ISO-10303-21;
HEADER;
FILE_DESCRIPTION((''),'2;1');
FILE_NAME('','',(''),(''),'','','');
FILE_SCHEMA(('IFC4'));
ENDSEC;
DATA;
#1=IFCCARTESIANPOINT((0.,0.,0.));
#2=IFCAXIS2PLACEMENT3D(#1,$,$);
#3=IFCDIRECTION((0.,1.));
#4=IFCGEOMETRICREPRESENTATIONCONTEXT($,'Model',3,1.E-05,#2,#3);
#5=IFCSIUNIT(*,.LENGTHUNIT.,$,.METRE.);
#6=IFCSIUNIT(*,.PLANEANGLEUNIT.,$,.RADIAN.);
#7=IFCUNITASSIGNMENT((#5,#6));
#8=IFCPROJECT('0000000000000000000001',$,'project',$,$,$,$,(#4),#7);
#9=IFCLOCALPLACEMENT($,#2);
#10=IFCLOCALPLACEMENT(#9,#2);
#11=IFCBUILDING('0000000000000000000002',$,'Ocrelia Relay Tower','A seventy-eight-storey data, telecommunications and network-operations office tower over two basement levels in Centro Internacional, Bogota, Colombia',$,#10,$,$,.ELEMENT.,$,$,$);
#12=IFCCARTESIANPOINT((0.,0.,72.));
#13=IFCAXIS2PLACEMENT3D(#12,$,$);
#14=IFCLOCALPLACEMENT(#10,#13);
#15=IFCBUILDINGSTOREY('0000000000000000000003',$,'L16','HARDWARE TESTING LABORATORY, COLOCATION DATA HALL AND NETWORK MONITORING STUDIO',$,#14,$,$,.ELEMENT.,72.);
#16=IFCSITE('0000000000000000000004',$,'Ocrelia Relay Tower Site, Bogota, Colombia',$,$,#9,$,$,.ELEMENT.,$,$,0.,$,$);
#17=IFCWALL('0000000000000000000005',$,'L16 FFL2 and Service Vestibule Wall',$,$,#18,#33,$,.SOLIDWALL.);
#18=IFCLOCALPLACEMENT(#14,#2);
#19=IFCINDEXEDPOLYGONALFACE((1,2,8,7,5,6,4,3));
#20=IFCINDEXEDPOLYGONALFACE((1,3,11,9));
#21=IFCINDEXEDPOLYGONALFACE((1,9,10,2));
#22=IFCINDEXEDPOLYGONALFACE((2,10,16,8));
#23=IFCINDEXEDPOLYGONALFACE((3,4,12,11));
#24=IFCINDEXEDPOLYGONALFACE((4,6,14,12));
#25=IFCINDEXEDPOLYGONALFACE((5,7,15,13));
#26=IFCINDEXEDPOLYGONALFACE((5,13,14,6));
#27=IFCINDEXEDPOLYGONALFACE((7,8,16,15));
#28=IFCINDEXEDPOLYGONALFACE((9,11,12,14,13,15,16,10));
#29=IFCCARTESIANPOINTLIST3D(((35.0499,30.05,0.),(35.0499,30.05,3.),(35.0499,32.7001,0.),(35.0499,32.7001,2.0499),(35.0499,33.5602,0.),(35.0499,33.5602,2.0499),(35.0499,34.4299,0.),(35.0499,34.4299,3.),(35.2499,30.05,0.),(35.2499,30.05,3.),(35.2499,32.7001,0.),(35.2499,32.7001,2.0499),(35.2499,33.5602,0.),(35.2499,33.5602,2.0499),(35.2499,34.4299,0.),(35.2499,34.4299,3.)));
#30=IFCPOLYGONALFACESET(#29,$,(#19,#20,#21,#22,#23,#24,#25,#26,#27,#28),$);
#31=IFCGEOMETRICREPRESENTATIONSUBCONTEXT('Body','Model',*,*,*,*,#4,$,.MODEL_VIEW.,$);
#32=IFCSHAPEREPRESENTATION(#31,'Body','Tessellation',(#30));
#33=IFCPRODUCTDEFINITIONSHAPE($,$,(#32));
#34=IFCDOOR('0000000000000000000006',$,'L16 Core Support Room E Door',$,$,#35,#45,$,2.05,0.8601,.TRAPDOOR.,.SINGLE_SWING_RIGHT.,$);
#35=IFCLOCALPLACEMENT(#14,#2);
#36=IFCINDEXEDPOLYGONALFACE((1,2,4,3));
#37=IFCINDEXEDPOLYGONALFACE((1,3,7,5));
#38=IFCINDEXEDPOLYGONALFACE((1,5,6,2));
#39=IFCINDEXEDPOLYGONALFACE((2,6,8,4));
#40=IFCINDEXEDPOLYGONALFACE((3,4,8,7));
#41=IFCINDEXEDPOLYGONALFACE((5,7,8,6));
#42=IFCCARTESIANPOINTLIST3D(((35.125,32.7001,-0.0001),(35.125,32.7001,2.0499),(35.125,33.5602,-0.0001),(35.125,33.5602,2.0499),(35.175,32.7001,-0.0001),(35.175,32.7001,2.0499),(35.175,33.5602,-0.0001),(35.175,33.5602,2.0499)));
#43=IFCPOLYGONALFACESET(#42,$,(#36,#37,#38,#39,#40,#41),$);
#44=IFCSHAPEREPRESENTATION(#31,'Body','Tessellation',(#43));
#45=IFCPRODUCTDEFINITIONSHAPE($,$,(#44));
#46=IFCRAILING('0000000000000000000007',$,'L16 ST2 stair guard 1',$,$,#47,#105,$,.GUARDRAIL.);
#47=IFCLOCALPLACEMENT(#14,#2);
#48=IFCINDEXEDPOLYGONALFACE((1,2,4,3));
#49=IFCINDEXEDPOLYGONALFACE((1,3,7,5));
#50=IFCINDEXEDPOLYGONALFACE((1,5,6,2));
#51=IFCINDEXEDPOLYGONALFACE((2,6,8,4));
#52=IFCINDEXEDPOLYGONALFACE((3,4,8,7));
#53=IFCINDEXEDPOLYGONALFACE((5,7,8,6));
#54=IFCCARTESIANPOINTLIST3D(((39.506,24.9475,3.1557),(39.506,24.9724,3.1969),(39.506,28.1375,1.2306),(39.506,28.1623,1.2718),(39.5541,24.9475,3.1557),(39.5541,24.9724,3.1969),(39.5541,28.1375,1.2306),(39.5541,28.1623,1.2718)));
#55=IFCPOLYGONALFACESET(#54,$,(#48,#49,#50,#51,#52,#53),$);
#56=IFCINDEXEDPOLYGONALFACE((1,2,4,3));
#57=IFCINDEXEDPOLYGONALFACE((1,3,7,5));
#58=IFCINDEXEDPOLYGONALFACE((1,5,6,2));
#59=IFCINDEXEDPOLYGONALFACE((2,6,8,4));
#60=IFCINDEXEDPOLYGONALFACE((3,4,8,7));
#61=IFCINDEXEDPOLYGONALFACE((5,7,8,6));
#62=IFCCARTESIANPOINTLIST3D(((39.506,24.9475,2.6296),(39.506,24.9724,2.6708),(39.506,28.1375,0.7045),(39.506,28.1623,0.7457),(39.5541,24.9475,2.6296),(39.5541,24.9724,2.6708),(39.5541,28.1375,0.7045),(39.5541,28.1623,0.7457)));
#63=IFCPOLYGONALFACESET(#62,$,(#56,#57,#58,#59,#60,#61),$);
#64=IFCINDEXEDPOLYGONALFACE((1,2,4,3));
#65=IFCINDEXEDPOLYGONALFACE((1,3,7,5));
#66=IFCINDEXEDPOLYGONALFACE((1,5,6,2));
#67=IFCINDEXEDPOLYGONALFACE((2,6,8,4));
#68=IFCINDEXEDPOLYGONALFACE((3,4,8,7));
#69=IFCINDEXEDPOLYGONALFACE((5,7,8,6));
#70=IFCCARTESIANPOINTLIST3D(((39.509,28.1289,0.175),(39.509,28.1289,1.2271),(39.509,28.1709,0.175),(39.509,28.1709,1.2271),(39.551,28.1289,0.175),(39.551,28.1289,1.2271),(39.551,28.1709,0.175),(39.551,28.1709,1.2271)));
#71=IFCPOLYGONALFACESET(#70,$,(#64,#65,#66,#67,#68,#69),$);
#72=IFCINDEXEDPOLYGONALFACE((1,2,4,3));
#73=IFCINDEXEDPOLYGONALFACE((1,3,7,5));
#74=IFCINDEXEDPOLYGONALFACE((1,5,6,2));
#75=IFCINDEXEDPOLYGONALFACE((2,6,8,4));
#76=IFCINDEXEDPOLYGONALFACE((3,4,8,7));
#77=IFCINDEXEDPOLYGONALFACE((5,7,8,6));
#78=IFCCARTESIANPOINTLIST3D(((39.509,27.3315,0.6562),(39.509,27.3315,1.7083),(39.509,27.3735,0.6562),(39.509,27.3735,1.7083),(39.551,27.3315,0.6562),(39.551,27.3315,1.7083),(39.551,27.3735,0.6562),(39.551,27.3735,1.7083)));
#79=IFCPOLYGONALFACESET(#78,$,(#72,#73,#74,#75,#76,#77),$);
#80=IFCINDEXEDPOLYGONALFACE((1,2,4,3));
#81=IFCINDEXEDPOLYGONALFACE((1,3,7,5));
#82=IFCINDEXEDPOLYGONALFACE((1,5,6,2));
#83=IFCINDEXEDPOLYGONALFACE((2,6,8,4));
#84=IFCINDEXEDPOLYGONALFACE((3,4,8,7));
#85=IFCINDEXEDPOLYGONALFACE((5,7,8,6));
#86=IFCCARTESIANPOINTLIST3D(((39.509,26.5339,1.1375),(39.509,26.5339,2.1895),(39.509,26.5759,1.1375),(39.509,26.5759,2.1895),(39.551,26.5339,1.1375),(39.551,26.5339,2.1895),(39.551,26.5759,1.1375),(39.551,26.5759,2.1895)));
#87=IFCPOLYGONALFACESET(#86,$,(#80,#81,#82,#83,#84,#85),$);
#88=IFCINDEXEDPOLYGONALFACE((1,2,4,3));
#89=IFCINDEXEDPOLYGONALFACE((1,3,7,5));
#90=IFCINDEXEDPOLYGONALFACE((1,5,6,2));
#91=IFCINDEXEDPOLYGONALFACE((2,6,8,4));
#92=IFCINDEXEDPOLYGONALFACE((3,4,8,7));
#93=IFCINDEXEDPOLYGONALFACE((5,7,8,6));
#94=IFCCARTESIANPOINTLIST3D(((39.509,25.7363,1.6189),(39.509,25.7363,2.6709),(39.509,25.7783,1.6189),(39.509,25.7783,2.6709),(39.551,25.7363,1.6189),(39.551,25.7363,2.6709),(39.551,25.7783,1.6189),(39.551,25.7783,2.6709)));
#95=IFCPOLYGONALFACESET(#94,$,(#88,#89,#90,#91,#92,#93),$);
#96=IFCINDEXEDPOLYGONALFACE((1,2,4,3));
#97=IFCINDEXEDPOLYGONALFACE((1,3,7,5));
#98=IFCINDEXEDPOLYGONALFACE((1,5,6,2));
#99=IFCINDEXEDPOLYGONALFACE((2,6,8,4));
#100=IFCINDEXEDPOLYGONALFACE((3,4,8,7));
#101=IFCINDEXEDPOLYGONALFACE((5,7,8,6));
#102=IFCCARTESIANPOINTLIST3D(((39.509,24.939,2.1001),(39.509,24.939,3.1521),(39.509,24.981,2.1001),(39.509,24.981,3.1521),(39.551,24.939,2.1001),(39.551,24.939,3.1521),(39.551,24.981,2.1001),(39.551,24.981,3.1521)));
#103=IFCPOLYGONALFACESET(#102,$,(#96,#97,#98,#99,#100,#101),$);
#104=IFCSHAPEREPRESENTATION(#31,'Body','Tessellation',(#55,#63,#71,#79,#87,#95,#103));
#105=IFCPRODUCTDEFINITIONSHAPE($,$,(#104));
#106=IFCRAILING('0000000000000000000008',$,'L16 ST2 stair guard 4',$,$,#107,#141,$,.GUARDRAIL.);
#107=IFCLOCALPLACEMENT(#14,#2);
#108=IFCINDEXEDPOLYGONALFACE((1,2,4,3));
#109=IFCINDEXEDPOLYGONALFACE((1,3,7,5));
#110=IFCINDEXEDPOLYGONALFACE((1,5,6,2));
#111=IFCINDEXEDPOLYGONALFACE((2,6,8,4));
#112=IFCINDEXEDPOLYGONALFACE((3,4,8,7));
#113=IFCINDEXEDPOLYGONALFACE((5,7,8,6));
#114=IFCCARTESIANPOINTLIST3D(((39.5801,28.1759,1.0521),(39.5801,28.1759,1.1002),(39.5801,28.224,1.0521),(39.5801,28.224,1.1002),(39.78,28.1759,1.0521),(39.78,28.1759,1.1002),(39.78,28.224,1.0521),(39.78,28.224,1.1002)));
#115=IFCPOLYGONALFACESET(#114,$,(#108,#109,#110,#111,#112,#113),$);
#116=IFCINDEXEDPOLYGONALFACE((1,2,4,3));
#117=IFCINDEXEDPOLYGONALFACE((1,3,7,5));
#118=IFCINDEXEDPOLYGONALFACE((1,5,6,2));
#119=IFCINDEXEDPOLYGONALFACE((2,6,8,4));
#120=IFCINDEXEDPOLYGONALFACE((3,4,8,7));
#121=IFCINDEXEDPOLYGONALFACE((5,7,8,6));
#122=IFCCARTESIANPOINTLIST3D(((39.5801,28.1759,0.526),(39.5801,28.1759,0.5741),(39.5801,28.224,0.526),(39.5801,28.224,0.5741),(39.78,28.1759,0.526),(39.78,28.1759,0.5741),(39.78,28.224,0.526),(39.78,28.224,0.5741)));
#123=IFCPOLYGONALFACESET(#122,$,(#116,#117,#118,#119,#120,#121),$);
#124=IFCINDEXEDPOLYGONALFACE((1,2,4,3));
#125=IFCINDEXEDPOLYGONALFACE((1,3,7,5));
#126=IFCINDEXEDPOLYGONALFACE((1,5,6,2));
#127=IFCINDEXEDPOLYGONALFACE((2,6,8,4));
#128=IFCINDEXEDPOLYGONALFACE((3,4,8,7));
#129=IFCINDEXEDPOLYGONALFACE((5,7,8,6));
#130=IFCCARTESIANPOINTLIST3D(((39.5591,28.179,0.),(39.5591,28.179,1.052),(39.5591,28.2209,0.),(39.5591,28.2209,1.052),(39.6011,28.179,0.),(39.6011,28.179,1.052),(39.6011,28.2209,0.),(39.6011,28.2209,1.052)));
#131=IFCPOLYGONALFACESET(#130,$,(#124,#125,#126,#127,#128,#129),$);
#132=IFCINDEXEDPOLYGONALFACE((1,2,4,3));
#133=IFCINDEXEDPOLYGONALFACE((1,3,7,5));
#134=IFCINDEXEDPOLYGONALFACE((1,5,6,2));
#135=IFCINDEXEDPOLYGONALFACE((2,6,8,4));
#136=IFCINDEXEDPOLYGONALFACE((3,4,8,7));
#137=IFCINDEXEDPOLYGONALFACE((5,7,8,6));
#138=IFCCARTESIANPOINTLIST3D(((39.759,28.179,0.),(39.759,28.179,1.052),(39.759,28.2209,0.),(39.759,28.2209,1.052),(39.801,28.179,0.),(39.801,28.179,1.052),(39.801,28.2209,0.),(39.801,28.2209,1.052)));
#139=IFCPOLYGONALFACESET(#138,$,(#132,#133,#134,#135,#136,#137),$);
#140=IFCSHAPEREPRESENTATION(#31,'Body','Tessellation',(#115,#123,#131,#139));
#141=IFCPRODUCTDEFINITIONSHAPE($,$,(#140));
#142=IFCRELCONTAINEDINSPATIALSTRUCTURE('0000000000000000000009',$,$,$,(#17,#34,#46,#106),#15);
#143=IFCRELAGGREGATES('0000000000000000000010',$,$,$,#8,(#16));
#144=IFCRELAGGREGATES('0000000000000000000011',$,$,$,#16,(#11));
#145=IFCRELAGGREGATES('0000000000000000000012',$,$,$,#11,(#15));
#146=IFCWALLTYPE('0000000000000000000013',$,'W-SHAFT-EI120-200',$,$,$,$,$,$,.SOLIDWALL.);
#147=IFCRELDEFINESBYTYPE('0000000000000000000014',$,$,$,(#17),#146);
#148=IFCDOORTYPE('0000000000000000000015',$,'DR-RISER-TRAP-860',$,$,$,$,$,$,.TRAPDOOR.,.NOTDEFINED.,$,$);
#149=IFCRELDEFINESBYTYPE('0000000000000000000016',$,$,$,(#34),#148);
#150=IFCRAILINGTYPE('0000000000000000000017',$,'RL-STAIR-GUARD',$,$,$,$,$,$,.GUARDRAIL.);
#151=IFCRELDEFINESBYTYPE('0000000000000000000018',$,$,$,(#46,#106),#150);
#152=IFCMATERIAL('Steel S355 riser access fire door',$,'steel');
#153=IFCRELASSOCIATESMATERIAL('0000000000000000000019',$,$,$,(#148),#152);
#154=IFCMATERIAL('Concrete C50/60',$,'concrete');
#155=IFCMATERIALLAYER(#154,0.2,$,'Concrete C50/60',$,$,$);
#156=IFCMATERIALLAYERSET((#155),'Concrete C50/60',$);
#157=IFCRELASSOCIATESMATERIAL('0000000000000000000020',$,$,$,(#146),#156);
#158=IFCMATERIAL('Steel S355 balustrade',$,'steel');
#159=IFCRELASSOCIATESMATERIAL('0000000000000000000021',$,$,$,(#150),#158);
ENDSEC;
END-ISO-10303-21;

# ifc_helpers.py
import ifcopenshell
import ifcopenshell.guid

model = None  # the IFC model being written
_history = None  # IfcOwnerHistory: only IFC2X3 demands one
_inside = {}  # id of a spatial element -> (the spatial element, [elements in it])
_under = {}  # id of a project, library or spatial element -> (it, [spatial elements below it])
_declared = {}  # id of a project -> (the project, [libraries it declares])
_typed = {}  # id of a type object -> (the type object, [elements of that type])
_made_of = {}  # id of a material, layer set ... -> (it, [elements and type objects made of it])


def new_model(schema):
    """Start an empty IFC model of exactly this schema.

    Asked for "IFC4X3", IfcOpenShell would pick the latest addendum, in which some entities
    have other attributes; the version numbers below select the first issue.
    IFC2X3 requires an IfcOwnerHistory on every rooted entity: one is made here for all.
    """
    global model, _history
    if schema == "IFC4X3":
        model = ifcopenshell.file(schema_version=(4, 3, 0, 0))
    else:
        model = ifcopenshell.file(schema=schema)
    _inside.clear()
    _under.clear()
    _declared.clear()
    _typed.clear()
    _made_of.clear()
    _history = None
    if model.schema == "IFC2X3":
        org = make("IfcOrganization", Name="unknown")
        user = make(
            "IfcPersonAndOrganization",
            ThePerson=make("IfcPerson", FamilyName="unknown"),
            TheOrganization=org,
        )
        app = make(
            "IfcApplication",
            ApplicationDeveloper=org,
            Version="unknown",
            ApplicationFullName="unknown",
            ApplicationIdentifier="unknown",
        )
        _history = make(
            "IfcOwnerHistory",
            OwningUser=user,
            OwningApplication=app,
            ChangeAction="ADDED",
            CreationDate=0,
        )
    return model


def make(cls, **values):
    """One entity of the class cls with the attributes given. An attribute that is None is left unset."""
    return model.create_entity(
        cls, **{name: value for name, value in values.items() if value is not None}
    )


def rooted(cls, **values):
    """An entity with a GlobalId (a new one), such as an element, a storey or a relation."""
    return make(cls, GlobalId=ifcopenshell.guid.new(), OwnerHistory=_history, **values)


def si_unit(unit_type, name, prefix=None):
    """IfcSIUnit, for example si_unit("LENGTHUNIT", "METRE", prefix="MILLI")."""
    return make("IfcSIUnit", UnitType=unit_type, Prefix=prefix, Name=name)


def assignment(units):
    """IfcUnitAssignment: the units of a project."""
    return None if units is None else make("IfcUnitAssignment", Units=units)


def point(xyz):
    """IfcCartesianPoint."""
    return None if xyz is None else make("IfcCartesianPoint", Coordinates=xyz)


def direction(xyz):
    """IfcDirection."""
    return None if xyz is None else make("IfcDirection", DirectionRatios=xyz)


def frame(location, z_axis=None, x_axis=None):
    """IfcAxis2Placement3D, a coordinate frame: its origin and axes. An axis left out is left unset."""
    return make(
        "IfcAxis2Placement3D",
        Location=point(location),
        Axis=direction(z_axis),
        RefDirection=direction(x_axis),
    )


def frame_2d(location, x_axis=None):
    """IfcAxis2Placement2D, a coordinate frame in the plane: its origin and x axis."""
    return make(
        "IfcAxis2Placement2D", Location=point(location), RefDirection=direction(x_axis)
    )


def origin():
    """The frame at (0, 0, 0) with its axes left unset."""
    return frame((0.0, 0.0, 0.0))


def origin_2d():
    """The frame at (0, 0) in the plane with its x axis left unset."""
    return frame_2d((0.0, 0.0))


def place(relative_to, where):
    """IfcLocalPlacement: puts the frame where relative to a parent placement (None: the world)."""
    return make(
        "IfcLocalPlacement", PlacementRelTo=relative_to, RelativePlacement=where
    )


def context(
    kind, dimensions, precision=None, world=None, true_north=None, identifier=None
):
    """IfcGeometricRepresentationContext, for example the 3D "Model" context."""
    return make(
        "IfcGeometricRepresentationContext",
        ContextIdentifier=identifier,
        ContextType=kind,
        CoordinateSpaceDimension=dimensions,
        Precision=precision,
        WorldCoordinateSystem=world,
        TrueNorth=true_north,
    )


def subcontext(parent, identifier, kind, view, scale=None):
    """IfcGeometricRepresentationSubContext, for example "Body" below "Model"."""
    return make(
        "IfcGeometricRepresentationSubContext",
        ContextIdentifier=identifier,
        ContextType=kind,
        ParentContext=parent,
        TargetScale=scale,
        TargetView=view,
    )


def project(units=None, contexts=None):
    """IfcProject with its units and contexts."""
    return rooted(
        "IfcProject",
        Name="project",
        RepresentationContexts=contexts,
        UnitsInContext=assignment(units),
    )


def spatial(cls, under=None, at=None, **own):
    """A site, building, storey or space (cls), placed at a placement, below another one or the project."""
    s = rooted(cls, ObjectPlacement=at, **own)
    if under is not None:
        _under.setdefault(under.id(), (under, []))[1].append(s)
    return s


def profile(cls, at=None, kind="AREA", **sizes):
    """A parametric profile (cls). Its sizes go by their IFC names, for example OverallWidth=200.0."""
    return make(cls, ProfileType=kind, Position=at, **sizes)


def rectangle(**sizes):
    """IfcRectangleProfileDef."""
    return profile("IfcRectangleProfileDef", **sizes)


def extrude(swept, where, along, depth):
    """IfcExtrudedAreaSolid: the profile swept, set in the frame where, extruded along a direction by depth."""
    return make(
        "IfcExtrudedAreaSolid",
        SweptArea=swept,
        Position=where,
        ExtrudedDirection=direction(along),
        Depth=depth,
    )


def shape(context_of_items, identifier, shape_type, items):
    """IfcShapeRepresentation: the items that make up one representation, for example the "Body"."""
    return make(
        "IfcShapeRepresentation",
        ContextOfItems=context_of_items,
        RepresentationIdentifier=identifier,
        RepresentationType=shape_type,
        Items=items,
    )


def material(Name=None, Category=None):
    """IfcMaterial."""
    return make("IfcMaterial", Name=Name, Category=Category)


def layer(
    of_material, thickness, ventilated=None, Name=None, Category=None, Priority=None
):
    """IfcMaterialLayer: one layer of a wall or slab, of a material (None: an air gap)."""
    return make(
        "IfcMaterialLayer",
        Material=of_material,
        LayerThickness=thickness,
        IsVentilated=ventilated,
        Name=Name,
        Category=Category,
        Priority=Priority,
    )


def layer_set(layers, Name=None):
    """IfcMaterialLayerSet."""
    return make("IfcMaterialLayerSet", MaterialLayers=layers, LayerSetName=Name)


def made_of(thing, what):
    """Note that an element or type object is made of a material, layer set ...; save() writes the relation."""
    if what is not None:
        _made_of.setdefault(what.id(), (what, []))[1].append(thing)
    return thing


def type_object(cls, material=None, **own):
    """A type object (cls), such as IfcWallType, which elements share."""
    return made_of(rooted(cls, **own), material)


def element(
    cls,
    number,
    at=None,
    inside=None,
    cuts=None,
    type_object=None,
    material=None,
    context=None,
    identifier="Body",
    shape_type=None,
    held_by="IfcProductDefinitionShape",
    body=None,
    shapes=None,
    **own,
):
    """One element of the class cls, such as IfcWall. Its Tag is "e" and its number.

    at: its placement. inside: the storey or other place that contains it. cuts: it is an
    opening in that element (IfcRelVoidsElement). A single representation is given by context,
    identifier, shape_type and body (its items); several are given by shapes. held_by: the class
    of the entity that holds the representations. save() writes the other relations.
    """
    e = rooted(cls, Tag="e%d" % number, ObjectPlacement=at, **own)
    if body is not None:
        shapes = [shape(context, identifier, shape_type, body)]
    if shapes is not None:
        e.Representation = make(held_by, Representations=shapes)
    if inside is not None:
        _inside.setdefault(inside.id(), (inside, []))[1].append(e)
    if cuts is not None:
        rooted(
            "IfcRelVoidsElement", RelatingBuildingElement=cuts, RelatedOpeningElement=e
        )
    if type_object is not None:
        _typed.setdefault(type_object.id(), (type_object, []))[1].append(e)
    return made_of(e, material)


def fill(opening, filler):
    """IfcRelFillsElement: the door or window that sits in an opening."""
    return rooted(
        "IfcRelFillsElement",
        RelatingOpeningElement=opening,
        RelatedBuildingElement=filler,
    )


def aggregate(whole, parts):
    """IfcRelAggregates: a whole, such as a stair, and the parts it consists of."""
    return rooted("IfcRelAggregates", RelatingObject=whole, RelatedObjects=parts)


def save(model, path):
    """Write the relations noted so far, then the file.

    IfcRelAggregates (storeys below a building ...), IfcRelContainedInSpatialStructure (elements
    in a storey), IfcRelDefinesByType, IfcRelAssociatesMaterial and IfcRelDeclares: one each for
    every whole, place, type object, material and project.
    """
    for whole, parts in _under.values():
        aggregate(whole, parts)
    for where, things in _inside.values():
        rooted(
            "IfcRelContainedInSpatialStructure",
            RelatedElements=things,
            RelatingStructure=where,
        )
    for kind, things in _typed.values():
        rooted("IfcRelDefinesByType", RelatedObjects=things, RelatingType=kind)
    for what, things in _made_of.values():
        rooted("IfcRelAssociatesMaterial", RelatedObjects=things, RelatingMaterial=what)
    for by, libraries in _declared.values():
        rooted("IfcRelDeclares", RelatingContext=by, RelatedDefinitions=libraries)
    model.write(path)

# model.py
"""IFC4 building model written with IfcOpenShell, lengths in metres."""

from ifc_helpers import new_model, si_unit, direction, frame, frame_2d, origin, origin_2d, place, context, subcontext, project, spatial, rectangle, extrude, material, layer, layer_set, type_object, element, fill, save


model = new_model("IFC4")

# Units and contexts
model_context = context("Model", 3, precision=1e-05, world=origin(), true_north=direction((0.0, 1.0)))
body_context = subcontext(model_context, "Body", "Model", "MODEL_VIEW")
ifc_project = project(units=[si_unit("LENGTHUNIT", "METRE"), si_unit("PLANEANGLEUNIT", "RADIAN")], contexts=[model_context])

# Site, building, storey
site_placement = place(None, origin())
site = spatial("IfcSite", under=ifc_project, at=site_placement, Name="Ocrelia Relay Tower Site, Bogota, Colombia", CompositionType="ELEMENT", RefElevation=0.0)
building_placement = place(site_placement, origin())
building = spatial("IfcBuilding", under=site, at=building_placement, Name="Ocrelia Relay Tower", Description="A seventy-eight-storey data, telecommunications and network-operations office tower over two basement levels in Centro Internacional, Bogota, Colombia", CompositionType="ELEMENT")
storey_placement = place(building_placement, frame((0.0, 0.0, 72.0)))
storey = spatial("IfcBuildingStorey", under=building, at=storey_placement, Name="L16", Description="HARDWARE TESTING LABORATORY, COLOCATION DATA HALL AND NETWORK MONITORING STUDIO", CompositionType="ELEMENT", Elevation=72.0)

# Shared definitions
ifc_material_1 = material(Name="Concrete C50/60", Category="concrete")

# Shared definitions
ifc_material_2 = material(Name="Steel S355 riser access fire door", Category="steel")
door_type_1 = type_object("IfcDoorType", Name="DR-RISER-TRAP-860", OperationType="NOTDEFINED", PredefinedType="TRAPDOOR", material=ifc_material_2)

# Shared definitions
ifc_layer_1 = layer(ifc_material_1, 0.2, Name="Concrete C50/60")
ifc_layer_set_1 = layer_set([ifc_layer_1], Name="Concrete C50/60")
wall_type_1 = type_object("IfcWallType", Name="W-SHAFT-EI120-200", PredefinedType="SOLIDWALL", material=ifc_layer_set_1)

# Wall, opening, door
wall_1_placement = place(storey_placement, frame((35.1499, 30.05, 0.0), z_axis=(0.0, 0.0, 1.0), x_axis=(0.0, 1.0, 0.0)))
wall_1 = element("IfcWall", 1, at=wall_1_placement, inside=storey, type_object=wall_type_1, Name="L16 FFL2 and Service Vestibule Wall", PredefinedType="SOLIDWALL", context=body_context, shape_type="SweptSolid", body=[
    extrude(rectangle(XDim=4.3799, YDim=0.2, at=frame_2d((2.1899, 0.0))), origin(), (0.0, 0.0, 1.0), 3.0),
])
opening_1_placement = place(wall_1_placement, frame((2.6499, 0.0, 0.0)))
opening_1 = element("IfcOpeningElement", 2, at=opening_1_placement, cuts=wall_1, PredefinedType="OPENING", context=body_context, shape_type="SweptSolid", body=[
    extrude(rectangle(XDim=0.8601, YDim=2.05, at=frame_2d((0.4302, 1.0249))), frame((0.0, 0.1099, 0.0), z_axis=(0.0, -1.0, 0.0), x_axis=(1.0, 0.0, 0.0)), (0.0, 0.0, 1.0), 0.22),
])
door_1_placement = place(opening_1_placement, origin())
door_1 = element("IfcDoor", 3, at=door_1_placement, inside=storey, type_object=door_type_1, Name="L16 Core Support Room E Door", OperationType="SINGLE_SWING_RIGHT", OverallHeight=2.05, OverallWidth=0.8601, PredefinedType="TRAPDOOR", context=body_context, shape_type="SweptSolid", body=[
    extrude(rectangle(XDim=0.8601, YDim=2.05, at=frame_2d((0.4302, 1.0249))), frame((0.0, 0.0249, 0.0), z_axis=(0.0, -1.0, 0.0), x_axis=(1.0, 0.0, 0.0)), (0.0, 0.0, 1.0), 0.05),
])
fill(opening_1, door_1)

# Railings
ifc_material_3 = material(Name="Steel S355 balustrade", Category="steel")
railing_type = type_object("IfcRailingType", Name="RL-STAIR-GUARD", PredefinedType="GUARDRAIL", material=ifc_material_3)
railing_1_placement = place(storey_placement, frame((39.53, 28.1499, 0.175)))
element("IfcRailing", 4, at=railing_1_placement, inside=storey, type_object=railing_type, Name="L16 ST2 stair guard 1", PredefinedType="GUARDRAIL", context=body_context, shape_type="SweptSolid", body=[
    extrude(rectangle(XDim=0.0481, YDim=0.0481, at=origin_2d()), frame((0.0, 0.0, 1.0762), z_axis=(0.0, -0.856178, 0.516682), x_axis=(1.0, 0.0, 0.0)), (0.0, 0.0, 1.0), 3.7258),
    extrude(rectangle(XDim=0.0481, YDim=0.0481, at=origin_2d()), frame((0.0, 0.0, 0.55), z_axis=(0.0, -0.856178, 0.516682), x_axis=(1.0, 0.0, 0.0)), (0.0, 0.0, 1.0), 3.7258),
    extrude(rectangle(XDim=0.042, YDim=0.042, at=origin_2d()), origin(), (0.0, 0.0, 1.0), 1.052),
    extrude(rectangle(XDim=0.042, YDim=0.042, at=origin_2d()), frame((0.0, -0.7974, 0.4812)), (0.0, 0.0, 1.0), 1.052),
    extrude(rectangle(XDim=0.042, YDim=0.042, at=origin_2d()), frame((0.0, -1.595, 0.9624)), (0.0, 0.0, 1.0), 1.052),
    extrude(rectangle(XDim=0.042, YDim=0.042, at=origin_2d()), frame((0.0, -2.3926, 1.4438)), (0.0, 0.0, 1.0), 1.052),
    extrude(rectangle(XDim=0.042, YDim=0.042, at=origin_2d()), frame((0.0, -3.1899, 1.925)), (0.0, 0.0, 1.0), 1.052),
])
railing_2_placement = place(storey_placement, frame((39.5801, 28.2, 0.0)))
element("IfcRailing", 5, at=railing_2_placement, inside=storey, type_object=railing_type, Name="L16 ST2 stair guard 4", PredefinedType="GUARDRAIL", context=body_context, shape_type="SweptSolid", body=[
    extrude(rectangle(XDim=0.0481, YDim=0.0481, at=origin_2d()), frame((0.0, 0.0, 1.0762), z_axis=(1.0, 0.0, 0.0), x_axis=(0.0, 1.0, 0.0)), (0.0, 0.0, 1.0), 0.2),
    extrude(rectangle(XDim=0.0481, YDim=0.0481, at=origin_2d()), frame((0.0, 0.0, 0.55), z_axis=(1.0, 0.0, 0.0), x_axis=(0.0, 1.0, 0.0)), (0.0, 0.0, 1.0), 0.2),
    extrude(rectangle(XDim=0.042, YDim=0.042, at=origin_2d()), origin(), (0.0, 0.0, 1.0), 1.052),
    extrude(rectangle(XDim=0.042, YDim=0.042, at=origin_2d()), frame((0.2, 0.0, 0.0)), (0.0, 0.0, 1.0), 1.052),
])

save(model, "model.ifc")
